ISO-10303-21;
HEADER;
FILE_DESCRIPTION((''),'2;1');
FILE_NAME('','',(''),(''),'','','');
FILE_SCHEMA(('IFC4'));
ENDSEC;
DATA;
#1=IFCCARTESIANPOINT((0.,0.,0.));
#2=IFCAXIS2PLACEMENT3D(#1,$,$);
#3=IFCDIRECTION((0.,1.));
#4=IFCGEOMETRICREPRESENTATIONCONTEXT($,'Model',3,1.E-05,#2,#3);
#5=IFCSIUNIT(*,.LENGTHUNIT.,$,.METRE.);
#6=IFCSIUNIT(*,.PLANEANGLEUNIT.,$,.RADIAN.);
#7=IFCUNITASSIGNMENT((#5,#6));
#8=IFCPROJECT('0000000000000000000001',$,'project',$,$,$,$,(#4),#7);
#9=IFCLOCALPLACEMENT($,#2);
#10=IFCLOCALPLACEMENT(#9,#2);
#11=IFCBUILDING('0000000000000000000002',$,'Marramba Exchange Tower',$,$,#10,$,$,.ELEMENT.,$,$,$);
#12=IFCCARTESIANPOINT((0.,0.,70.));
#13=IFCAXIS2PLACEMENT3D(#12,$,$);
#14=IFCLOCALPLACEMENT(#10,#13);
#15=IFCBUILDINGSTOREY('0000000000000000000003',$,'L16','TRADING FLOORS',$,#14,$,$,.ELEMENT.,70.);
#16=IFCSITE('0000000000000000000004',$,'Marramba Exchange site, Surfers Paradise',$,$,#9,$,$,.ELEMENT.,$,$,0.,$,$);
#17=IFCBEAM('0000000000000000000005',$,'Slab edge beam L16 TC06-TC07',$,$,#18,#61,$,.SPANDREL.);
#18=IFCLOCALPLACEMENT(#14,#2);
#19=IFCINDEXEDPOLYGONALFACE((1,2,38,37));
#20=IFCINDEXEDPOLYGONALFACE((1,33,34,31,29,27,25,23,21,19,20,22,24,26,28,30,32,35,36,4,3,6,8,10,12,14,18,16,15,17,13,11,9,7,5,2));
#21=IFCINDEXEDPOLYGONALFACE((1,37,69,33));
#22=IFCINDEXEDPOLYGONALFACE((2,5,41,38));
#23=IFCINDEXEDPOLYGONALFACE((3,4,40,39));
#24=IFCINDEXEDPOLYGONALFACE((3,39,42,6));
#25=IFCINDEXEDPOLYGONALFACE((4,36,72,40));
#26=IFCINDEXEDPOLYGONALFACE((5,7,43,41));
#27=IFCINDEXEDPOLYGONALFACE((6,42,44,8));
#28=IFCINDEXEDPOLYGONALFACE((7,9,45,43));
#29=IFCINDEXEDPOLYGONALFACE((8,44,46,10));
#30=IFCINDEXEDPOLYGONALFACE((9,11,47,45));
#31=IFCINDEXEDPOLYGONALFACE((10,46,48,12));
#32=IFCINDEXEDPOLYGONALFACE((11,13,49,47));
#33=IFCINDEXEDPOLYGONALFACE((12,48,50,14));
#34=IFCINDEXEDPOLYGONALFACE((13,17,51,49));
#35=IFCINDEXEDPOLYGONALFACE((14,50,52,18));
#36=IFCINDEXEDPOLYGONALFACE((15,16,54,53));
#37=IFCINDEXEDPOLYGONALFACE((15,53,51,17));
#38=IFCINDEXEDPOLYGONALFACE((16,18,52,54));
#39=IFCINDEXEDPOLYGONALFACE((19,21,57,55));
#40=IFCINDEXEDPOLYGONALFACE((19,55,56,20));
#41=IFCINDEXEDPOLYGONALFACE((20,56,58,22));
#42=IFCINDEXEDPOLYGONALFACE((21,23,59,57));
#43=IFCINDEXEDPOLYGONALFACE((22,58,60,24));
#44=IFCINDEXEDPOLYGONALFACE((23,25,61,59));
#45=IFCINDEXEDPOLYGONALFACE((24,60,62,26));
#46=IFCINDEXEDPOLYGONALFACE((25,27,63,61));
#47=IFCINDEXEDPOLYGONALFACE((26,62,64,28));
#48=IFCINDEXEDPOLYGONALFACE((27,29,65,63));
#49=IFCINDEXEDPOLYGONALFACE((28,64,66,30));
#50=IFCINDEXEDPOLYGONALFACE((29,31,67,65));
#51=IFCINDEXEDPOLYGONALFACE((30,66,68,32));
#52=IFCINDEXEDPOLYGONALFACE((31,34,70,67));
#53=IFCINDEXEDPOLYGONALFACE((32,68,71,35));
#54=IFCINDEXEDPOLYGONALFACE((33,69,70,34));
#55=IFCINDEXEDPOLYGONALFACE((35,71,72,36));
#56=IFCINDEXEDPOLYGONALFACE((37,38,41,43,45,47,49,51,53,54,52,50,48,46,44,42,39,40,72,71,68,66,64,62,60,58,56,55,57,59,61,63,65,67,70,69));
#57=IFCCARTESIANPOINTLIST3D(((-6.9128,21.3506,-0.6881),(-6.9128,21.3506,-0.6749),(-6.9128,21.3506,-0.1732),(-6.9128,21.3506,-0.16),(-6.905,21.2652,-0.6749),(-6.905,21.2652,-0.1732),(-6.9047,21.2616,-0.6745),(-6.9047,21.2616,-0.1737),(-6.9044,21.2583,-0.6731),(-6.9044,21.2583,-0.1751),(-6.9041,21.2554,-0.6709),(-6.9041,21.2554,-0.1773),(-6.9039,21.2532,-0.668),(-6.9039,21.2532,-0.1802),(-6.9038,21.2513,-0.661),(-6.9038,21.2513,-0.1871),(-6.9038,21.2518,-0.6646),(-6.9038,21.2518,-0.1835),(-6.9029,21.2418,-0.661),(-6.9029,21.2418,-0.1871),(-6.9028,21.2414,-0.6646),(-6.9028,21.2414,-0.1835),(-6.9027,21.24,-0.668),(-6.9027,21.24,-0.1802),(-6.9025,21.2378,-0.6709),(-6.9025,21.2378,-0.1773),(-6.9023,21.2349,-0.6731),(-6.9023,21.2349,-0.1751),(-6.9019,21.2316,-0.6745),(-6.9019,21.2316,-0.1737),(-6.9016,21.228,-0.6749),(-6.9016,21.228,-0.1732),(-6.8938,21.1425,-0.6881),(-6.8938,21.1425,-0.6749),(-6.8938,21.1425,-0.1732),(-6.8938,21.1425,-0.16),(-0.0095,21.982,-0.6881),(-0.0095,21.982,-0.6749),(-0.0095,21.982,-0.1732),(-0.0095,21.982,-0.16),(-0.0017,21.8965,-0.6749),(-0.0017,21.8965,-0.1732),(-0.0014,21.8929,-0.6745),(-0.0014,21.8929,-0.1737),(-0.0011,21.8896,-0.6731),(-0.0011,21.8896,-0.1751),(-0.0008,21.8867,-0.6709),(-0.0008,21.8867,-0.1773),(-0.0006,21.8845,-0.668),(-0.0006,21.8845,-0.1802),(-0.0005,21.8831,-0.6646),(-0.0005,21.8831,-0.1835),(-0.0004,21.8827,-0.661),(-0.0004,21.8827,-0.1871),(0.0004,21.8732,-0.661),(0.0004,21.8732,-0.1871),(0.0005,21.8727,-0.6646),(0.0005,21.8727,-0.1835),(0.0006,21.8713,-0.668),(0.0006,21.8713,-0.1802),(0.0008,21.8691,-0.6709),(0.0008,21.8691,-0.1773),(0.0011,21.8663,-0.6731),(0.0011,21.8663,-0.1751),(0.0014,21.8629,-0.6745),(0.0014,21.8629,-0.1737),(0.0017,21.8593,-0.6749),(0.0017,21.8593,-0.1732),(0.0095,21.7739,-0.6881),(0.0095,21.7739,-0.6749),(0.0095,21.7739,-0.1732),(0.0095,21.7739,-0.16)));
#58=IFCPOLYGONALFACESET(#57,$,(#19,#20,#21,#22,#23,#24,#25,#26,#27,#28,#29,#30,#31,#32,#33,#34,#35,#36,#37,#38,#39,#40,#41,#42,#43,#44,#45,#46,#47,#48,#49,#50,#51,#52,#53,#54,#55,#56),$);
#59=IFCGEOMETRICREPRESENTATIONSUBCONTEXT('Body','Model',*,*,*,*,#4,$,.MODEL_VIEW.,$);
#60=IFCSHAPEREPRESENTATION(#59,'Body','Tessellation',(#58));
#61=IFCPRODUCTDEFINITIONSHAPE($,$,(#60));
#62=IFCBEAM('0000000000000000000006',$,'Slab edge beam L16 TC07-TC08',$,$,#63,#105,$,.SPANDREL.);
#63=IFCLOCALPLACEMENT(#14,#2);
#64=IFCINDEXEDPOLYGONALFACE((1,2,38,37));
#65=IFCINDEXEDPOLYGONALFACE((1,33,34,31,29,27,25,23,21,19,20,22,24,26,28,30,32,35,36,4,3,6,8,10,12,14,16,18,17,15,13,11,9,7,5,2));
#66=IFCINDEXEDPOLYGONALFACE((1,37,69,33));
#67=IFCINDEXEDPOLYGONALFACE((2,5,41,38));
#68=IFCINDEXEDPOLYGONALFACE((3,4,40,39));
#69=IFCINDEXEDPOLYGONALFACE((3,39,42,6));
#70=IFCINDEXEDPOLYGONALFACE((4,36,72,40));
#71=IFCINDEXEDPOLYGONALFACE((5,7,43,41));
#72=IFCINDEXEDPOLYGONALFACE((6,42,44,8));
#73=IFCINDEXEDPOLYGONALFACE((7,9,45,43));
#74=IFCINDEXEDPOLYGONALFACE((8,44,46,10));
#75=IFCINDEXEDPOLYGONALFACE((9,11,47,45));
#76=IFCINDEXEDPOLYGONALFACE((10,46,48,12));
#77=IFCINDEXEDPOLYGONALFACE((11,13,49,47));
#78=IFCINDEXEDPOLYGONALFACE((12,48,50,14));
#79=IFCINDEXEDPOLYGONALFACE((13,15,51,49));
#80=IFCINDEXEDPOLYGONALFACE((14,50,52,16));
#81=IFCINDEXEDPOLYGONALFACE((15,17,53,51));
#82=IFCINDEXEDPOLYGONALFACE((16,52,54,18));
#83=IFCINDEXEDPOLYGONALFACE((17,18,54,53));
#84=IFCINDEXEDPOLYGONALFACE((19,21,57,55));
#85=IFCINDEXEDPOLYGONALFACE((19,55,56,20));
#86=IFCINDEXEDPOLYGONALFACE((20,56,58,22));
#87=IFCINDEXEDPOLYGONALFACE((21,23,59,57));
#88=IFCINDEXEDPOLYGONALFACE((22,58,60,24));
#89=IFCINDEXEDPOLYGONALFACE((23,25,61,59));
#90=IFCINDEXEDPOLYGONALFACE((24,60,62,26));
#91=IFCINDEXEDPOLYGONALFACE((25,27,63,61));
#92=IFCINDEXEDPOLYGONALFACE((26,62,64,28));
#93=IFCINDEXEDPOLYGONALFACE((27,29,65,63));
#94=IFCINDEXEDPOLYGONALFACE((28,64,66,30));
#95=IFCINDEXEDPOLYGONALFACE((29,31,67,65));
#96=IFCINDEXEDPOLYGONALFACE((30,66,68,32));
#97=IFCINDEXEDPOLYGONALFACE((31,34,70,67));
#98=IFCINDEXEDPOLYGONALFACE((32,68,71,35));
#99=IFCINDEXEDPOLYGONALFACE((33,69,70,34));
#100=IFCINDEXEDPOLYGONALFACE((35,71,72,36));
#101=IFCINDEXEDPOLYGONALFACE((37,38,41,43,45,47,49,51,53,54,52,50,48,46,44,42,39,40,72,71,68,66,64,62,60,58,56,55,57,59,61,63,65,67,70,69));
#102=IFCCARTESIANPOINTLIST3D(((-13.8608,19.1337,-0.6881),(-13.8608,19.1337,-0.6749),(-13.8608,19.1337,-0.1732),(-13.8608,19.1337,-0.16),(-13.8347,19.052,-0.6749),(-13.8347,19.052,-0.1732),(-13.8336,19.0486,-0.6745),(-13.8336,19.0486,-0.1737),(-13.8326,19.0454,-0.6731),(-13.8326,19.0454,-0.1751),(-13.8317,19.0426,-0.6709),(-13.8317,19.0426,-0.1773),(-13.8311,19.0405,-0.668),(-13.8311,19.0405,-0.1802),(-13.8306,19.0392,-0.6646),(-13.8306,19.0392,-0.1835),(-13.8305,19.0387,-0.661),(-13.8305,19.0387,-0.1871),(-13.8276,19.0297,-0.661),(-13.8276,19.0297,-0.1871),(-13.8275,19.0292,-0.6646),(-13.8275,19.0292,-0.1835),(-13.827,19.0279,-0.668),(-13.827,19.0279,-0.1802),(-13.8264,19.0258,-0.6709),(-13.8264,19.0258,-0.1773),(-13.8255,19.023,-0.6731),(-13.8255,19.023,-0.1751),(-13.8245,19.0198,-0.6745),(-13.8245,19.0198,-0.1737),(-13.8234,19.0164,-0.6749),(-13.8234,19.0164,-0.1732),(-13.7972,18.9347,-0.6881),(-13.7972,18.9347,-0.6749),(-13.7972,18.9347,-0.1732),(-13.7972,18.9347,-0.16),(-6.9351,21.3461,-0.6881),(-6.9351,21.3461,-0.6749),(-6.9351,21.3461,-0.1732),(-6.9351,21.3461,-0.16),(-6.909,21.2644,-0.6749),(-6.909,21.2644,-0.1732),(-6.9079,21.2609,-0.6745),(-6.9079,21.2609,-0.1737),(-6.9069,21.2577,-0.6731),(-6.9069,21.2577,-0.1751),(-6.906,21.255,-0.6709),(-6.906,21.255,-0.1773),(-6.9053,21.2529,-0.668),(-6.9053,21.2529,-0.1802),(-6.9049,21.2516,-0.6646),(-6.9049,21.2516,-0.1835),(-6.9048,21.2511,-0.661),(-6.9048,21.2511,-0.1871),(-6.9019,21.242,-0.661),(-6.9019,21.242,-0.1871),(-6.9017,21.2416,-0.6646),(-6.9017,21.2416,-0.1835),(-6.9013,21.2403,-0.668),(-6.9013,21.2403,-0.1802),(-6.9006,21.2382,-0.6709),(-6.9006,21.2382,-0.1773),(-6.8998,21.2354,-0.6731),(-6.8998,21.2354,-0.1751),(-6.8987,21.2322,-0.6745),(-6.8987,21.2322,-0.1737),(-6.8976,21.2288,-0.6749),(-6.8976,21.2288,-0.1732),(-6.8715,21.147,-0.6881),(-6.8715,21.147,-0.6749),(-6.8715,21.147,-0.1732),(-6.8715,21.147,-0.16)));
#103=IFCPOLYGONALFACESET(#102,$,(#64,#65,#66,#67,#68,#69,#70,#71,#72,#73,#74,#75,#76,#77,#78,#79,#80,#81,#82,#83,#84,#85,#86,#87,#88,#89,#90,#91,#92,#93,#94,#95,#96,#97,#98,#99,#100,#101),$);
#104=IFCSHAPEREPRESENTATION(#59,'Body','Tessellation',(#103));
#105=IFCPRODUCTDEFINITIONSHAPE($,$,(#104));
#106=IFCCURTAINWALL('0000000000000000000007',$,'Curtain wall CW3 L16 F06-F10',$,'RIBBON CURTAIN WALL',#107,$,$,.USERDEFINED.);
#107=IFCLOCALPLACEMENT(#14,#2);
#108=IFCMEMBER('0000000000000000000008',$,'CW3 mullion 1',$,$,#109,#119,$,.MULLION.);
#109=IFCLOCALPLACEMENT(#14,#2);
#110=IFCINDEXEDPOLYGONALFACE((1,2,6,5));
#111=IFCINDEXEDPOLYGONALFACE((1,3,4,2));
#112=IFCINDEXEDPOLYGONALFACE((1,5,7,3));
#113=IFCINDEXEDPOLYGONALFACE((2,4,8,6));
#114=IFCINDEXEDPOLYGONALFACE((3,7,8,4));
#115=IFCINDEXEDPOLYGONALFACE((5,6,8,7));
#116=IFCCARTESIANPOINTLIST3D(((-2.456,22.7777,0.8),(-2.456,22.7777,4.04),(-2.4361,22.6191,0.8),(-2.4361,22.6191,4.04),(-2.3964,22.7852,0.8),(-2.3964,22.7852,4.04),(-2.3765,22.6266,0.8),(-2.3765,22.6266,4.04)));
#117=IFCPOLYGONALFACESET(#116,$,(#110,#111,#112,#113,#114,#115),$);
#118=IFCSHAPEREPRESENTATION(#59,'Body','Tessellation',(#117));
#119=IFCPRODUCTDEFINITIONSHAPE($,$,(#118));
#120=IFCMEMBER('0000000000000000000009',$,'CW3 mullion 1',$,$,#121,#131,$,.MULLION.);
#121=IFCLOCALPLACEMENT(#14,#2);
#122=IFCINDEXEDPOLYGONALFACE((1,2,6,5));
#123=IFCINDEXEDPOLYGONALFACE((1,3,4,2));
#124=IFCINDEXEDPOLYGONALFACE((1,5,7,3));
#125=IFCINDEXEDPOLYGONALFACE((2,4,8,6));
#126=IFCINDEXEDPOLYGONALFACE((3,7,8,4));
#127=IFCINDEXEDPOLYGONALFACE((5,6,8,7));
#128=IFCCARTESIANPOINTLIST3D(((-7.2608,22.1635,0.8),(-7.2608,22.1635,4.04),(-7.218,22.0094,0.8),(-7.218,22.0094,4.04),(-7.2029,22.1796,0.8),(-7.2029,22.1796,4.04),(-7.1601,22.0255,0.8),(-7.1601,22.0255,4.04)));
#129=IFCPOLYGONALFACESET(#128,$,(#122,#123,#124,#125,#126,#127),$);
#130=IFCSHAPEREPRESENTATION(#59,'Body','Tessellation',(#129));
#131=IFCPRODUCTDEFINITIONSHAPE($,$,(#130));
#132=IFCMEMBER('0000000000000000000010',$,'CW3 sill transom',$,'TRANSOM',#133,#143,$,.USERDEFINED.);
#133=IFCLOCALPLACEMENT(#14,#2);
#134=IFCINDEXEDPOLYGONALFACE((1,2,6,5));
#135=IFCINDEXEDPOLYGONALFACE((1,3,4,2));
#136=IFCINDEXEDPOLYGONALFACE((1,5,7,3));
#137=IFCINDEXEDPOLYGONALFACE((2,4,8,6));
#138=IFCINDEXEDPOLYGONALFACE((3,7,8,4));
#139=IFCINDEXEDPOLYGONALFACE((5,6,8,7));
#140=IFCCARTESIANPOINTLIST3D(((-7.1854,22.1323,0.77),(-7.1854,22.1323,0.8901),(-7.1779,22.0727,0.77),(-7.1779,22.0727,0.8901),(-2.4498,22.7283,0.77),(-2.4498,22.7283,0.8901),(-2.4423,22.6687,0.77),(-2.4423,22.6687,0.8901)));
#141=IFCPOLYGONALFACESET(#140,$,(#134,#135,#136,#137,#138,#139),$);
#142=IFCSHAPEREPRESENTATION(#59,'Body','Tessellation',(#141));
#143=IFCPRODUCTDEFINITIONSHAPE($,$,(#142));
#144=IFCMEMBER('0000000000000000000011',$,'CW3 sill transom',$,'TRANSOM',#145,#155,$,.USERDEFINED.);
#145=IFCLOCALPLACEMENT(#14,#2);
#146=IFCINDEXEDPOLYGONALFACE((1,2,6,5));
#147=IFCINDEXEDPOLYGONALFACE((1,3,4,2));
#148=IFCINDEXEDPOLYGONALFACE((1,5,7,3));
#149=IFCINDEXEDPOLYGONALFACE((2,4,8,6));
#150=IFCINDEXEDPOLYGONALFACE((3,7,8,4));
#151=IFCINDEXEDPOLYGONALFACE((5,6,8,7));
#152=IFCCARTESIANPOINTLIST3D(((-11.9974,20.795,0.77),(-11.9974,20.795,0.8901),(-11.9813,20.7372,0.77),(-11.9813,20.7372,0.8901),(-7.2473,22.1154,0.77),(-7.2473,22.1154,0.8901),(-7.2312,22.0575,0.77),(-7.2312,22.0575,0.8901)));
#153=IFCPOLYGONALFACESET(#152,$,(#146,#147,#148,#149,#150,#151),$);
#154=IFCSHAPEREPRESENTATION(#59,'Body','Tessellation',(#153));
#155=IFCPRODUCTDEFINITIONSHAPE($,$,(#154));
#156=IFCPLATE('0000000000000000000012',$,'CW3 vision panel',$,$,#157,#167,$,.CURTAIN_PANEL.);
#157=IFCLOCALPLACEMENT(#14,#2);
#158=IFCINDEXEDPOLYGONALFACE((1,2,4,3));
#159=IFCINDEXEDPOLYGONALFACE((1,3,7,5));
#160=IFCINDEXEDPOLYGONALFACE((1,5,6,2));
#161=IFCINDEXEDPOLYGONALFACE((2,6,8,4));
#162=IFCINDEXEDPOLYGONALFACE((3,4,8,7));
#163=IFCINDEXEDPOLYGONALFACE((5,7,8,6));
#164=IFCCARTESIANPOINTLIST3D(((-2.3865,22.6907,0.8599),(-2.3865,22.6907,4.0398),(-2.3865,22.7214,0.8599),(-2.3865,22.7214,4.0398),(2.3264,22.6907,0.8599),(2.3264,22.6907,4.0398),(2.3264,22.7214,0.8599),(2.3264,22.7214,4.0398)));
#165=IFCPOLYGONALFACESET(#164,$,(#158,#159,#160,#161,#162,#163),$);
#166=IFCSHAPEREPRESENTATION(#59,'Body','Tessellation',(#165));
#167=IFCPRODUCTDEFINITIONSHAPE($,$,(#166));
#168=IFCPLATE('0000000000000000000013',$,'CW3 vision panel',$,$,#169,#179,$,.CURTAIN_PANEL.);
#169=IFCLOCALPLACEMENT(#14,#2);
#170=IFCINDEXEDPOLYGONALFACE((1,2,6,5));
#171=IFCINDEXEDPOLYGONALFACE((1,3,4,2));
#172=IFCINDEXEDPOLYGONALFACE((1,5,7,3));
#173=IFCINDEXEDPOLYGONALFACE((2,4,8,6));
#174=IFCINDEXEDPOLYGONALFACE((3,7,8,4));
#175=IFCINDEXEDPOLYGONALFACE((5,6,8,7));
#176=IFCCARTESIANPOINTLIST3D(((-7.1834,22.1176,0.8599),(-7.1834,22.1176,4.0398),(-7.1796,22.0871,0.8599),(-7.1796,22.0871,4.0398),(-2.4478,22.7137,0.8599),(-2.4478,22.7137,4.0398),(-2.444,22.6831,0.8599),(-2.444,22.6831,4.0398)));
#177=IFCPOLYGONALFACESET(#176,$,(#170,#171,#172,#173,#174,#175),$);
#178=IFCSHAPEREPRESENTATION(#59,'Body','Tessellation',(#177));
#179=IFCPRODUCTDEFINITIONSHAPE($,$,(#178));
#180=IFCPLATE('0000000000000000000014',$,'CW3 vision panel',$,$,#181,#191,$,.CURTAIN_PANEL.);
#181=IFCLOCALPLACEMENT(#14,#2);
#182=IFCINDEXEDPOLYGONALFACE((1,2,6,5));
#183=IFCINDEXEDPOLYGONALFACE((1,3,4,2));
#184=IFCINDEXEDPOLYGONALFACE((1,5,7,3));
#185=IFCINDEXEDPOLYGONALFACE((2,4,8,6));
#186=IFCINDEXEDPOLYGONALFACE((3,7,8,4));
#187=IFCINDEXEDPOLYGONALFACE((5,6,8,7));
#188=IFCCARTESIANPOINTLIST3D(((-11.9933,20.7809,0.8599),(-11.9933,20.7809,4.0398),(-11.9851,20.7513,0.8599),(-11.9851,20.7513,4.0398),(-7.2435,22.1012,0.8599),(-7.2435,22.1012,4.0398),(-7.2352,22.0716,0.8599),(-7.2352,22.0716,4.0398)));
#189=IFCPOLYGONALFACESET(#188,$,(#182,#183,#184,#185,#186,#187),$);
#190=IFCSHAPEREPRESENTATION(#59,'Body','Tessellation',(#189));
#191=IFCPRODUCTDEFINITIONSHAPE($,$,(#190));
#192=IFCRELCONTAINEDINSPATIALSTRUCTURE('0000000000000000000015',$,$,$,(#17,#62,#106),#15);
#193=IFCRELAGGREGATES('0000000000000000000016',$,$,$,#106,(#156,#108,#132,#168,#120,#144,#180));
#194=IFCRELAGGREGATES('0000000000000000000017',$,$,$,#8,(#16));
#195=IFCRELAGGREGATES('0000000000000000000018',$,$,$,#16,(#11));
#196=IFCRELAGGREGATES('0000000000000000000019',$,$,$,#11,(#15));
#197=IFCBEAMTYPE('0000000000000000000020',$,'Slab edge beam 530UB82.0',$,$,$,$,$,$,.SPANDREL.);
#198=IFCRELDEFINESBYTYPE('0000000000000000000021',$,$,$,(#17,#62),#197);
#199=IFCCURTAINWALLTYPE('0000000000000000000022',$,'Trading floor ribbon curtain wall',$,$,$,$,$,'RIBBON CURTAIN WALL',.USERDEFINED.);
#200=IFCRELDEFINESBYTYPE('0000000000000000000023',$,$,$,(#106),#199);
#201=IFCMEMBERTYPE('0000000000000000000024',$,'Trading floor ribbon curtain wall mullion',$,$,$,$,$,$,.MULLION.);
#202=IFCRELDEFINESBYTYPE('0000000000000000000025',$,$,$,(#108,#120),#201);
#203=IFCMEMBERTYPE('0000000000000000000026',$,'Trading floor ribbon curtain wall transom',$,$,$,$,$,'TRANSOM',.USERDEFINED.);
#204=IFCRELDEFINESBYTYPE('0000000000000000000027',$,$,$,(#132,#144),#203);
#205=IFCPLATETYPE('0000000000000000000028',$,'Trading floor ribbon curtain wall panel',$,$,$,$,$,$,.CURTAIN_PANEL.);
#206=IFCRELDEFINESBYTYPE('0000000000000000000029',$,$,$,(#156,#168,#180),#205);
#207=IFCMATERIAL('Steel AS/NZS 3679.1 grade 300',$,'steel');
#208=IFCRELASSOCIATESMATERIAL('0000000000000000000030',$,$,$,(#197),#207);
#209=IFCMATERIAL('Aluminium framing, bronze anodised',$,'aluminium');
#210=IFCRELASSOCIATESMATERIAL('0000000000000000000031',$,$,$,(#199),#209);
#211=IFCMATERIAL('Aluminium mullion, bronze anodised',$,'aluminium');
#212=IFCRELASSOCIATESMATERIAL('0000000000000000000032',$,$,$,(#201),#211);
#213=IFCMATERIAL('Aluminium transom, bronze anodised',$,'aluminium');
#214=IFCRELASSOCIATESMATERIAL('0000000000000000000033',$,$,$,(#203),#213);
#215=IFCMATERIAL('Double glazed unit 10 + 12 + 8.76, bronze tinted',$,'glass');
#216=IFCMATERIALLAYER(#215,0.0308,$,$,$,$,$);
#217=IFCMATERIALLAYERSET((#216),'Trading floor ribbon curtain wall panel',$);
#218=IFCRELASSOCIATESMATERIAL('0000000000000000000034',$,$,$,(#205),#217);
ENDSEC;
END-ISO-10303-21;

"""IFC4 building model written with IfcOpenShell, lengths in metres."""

from ifc_helpers import new_model, si_unit, direction, frame, origin, origin_2d, place, context, subcontext, project, spatial, rectangle, i_section, extrude, material, layer, layer_set, material_profile, profile_set, type_object, element, aggregate, save


model = new_model("IFC4")

# Units and contexts
model_context = context("Model", 3, precision=1e-05, world=origin(), true_north=direction((0.0, 1.0)))
body_context = subcontext(model_context, "Body", "Model", "MODEL_VIEW")
ifc_project = project(units=[si_unit("LENGTHUNIT", "METRE"), si_unit("PLANEANGLEUNIT", "RADIAN")], contexts=[model_context])

# Site, building, storey
site_placement = place(None, origin())
site = spatial("IfcSite", under=ifc_project, at=site_placement, Name="Marramba Exchange site, Surfers Paradise", CompositionType="ELEMENT", RefElevation=0.0)
building_placement = place(site_placement, origin())
building = spatial("IfcBuilding", under=site, at=building_placement, Name="Marramba Exchange Tower", CompositionType="ELEMENT")
storey_placement = place(building_placement, frame((0.0, 0.0, 70.0)))
storey = spatial("IfcBuildingStorey", under=building, at=storey_placement, Name="L16", Description="TRADING FLOORS", CompositionType="ELEMENT", Elevation=70.0)

# Beams
ifc_material_1 = material(Name="Steel AS/NZS 3679.1 grade 300", Category="steel")
ifc_material_profile_1 = material_profile(ifc_material_1, i_section(OverallWidth=0.209, OverallDepth=0.5281, WebThickness=0.0095, FlangeThickness=0.0132, FilletRadius=0.0139, at=origin_2d()), Name="530UB82.0")
ifc_profile_set_1 = profile_set([ifc_material_profile_1], Name="Steel AS/NZS 3679.1 grade 300")
beam_type_1 = type_object("IfcBeamType", Name="Slab edge beam 530UB82.0", PredefinedType="SPANDREL", material=ifc_profile_set_1)
beam_1_placement = place(storey_placement, frame((0.0, 21.8779, -0.4241), z_axis=(-0.995844, -0.091076, 0.0), x_axis=(0.091076, -0.995844, 0.0)))
element("IfcBeam", 1, at=beam_1_placement, inside=storey, type_object=beam_type_1, Name="Slab edge beam L16 TC06-TC07", PredefinedType="SPANDREL", context=body_context, shape_type="SweptSolid", body=[
    extrude(i_section(OverallWidth=0.209, OverallDepth=0.5281, WebThickness=0.0095, FlangeThickness=0.0132, FilletRadius=0.0139, at=origin_2d()), origin(), (0.0, 0.0, 1.0), 6.9321),
])
beam_2_placement = place(storey_placement, frame((-6.9033, 21.2466, -0.4241), z_axis=(-0.952578, -0.304296, 0.0), x_axis=(0.304296, -0.952578, 0.0)))
element("IfcBeam", 2, at=beam_2_placement, inside=storey, type_object=beam_type_1, Name="Slab edge beam L16 TC07-TC08", PredefinedType="SPANDREL", context=body_context, shape_type="SweptSolid", body=[
    extrude(i_section(OverallWidth=0.209, OverallDepth=0.5281, WebThickness=0.0095, FlangeThickness=0.0132, FilletRadius=0.0139, at=origin_2d()), origin(), (0.0, 0.0, 1.0), 7.2705),
])

# Curtain wall, members, plates
ifc_material_2 = material(Name="Aluminium framing, bronze anodised", Category="aluminium")
curtain_wall_type = type_object("IfcCurtainWallType", Name="Trading floor ribbon curtain wall", ElementType="RIBBON CURTAIN WALL", PredefinedType="USERDEFINED", material=ifc_material_2)
curtain_wall_placement = place(storey_placement, origin())
curtain_wall = element("IfcCurtainWall", 3, at=curtain_wall_placement, inside=storey, type_object=curtain_wall_type, Name="Curtain wall CW3 L16 F06-F10", ObjectType="RIBBON CURTAIN WALL", PredefinedType="USERDEFINED")
ifc_material_3 = material(Name="Aluminium mullion, bronze anodised", Category="aluminium")
ifc_material_profile_2 = material_profile(ifc_material_3, rectangle(XDim=0.1599, YDim=0.0601, at=origin_2d()), Name="CW3 mullion 60x160")
ifc_profile_set_2 = profile_set([ifc_material_profile_2], Name="Aluminium mullion, bronze anodised")
member_type_1 = type_object("IfcMemberType", Name="Trading floor ribbon curtain wall mullion", PredefinedType="MULLION", material=ifc_profile_set_2)
member_1_placement = place(storey_placement, frame((-2.4163, 22.7021, 0.8), z_axis=(0.0, 0.0, 1.0), x_axis=(0.124873, -0.992173, 0.0)))
member_1 = element("IfcMember", 4, at=member_1_placement, type_object=member_type_1, Name="CW3 mullion 1", PredefinedType="MULLION", context=body_context, shape_type="SweptSolid", body=[
    extrude(rectangle(XDim=0.1599, YDim=0.0601, at=origin_2d()), origin(), (0.0, 0.0, 1.0), 3.24),
])
member_2_placement = place(storey_placement, frame((-7.2104, 22.0945, 0.8), z_axis=(0.0, 0.0, 1.0), x_axis=(0.267809, -0.963472, 0.0)))
member_2 = element("IfcMember", 5, at=member_2_placement, type_object=member_type_1, Name="CW3 mullion 1", PredefinedType="MULLION", context=body_context, shape_type="SweptSolid", body=[
    extrude(rectangle(XDim=0.1599, YDim=0.0601, at=origin_2d()), origin(), (0.0, 0.0, 1.0), 3.24),
])
ifc_material_4 = material(Name="Aluminium transom, bronze anodised", Category="aluminium")
ifc_material_profile_3 = material_profile(ifc_material_4, rectangle(XDim=0.0601, YDim=0.1201, at=origin_2d()), Name="CW3 transom 60x120")
ifc_profile_set_3 = profile_set([ifc_material_profile_3], Name="Aluminium transom, bronze anodised")
member_type_2 = type_object("IfcMemberType", Name="Trading floor ribbon curtain wall transom", ElementType="TRANSOM", PredefinedType="USERDEFINED", material=ifc_profile_set_3)
member_3_placement = place(storey_placement, frame((-2.446, 22.6985, 0.8301), z_axis=(-0.992174, -0.124859, 0.0), x_axis=(0.124859, -0.992174, 0.0)))
member_3 = element("IfcMember", 6, at=member_3_placement, type_object=member_type_2, Name="CW3 sill transom", ObjectType="TRANSOM", PredefinedType="USERDEFINED", context=body_context, shape_type="SweptSolid", body=[
    extrude(rectangle(XDim=0.0601, YDim=0.1201, at=origin_2d()), origin(), (0.0, 0.0, 1.0), 4.7729),
])
member_4_placement = place(storey_placement, frame((-7.2393, 22.0864, 0.8301), z_axis=(-0.963472, -0.267807, 0.0), x_axis=(0.267807, -0.963472, 0.0)))
member_4 = element("IfcMember", 7, at=member_4_placement, type_object=member_type_2, Name="CW3 sill transom", ObjectType="TRANSOM", PredefinedType="USERDEFINED", context=body_context, shape_type="SweptSolid", body=[
    extrude(rectangle(XDim=0.0601, YDim=0.1201, at=origin_2d()), origin(), (0.0, 0.0, 1.0), 4.9302),
])
ifc_material_5 = material(Name="Double glazed unit 10 + 12 + 8.76, bronze tinted", Category="glass")
ifc_layer_1 = layer(ifc_material_5, 0.0308)
ifc_layer_set_1 = layer_set([ifc_layer_1], Name="Trading floor ribbon curtain wall panel")
plate_type = type_object("IfcPlateType", Name="Trading floor ribbon curtain wall panel", PredefinedType="CURTAIN_PANEL", material=ifc_layer_set_1)
plate_1_placement = place(storey_placement, frame((-0.03, 22.7061, 0.8599), z_axis=(0.0, 0.0, 1.0), x_axis=(-1.0, 0.0, 0.0)))
plate_1 = element("IfcPlate", 8, at=plate_1_placement, type_object=plate_type, Name="CW3 vision panel", PredefinedType="CURTAIN_PANEL", context=body_context, shape_type="SweptSolid", body=[
    extrude(rectangle(XDim=4.7129, YDim=0.0308, at=origin_2d()), origin(), (0.0, 0.0, 1.0), 3.1799),
])
plate_2_placement = place(storey_placement, frame((-4.8137, 22.4004, 0.8599), z_axis=(0.0, 0.0, 1.0), x_axis=(-0.992173, -0.124873, 0.0)))
plate_2 = element("IfcPlate", 9, at=plate_2_placement, type_object=plate_type, Name="CW3 vision panel", PredefinedType="CURTAIN_PANEL", context=body_context, shape_type="SweptSolid", body=[
    extrude(rectangle(XDim=4.7729, YDim=0.0308, at=origin_2d()), origin(), (0.0, 0.0, 1.0), 3.1799),
])
plate_3_placement = place(storey_placement, frame((-9.6143, 21.4263, 0.8599), z_axis=(0.0, 0.0, 1.0), x_axis=(-0.963472, -0.267809, 0.0)))
plate_3 = element("IfcPlate", 10, at=plate_3_placement, type_object=plate_type, Name="CW3 vision panel", PredefinedType="CURTAIN_PANEL", context=body_context, shape_type="SweptSolid", body=[
    extrude(rectangle(XDim=4.9299, YDim=0.0308, at=origin_2d()), origin(), (0.0, 0.0, 1.0), 3.1799),
])
aggregate(curtain_wall, [plate_1, member_1, member_3, plate_2, member_2, member_4, plate_3])

save(model, "model.ifc")
